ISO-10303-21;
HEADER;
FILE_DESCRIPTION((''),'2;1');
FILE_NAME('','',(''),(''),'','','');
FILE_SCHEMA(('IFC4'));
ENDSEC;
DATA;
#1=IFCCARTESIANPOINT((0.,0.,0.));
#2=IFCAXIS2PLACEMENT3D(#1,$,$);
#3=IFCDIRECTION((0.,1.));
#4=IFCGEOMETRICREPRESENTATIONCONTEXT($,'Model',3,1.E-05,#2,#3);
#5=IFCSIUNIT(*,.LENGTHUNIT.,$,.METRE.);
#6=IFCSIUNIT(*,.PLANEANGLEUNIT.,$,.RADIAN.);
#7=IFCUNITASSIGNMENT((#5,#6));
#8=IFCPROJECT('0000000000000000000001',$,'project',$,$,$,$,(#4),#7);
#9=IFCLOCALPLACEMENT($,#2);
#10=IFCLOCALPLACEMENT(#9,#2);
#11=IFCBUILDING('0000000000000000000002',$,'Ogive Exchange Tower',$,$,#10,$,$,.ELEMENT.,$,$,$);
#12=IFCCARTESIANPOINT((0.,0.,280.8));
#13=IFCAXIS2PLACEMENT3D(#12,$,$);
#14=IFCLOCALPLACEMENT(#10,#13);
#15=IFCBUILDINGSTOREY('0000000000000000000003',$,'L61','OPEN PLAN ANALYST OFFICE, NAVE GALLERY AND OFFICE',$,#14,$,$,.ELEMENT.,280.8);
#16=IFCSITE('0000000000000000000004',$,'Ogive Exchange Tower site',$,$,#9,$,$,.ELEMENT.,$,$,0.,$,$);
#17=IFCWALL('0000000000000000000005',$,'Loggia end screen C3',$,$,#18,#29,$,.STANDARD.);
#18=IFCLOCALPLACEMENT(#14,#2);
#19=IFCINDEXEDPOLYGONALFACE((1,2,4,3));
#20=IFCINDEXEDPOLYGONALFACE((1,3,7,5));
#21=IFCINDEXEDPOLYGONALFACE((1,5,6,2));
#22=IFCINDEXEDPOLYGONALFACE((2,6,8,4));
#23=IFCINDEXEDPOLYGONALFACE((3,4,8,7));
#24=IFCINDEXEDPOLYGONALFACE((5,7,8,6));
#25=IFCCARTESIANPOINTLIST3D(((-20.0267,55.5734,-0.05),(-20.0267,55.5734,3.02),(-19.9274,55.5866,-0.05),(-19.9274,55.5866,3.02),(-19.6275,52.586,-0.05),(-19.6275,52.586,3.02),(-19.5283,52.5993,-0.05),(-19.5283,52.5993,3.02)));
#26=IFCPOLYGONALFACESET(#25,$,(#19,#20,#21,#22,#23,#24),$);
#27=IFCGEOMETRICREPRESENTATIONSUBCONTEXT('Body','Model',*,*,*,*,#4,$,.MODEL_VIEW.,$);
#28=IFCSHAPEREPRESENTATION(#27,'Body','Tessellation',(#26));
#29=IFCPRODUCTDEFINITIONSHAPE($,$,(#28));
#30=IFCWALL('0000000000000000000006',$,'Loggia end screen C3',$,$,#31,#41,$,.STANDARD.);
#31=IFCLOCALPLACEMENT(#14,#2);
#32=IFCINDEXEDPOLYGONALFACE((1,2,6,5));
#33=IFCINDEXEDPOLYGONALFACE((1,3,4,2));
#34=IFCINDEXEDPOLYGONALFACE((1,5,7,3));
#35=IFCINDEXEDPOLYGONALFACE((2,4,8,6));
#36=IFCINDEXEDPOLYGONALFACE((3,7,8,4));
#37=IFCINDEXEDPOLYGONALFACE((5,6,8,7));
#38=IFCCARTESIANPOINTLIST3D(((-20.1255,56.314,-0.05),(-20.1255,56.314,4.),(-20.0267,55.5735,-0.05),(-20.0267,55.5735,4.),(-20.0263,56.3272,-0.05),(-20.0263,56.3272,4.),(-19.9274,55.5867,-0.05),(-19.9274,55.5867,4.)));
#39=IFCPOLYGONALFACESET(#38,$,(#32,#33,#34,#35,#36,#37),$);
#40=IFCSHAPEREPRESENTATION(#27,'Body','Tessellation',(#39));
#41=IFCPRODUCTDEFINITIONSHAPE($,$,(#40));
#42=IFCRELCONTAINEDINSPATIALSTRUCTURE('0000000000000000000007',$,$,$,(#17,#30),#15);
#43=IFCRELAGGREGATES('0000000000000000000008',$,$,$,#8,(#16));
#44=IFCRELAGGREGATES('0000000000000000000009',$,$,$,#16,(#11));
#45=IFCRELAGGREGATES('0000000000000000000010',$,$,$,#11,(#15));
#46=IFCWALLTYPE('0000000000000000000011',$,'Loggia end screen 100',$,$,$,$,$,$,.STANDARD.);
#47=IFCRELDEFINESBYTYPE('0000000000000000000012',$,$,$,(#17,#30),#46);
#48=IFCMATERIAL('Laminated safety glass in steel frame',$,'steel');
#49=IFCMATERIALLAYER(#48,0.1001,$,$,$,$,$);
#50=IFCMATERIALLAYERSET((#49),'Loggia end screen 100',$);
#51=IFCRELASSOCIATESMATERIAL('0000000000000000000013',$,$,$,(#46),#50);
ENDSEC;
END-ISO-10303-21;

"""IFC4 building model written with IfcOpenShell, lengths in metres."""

from ifc_helpers import new_model, si_unit, direction, frame, frame_2d, origin, place, context, subcontext, project, spatial, rectangle, extrude, material, layer, layer_set, type_object, element, save


model = new_model("IFC4")

# Units and contexts
model_context = context("Model", 3, precision=1e-05, world=origin(), true_north=direction((0.0, 1.0)))
body_context = subcontext(model_context, "Body", "Model", "MODEL_VIEW")
ifc_project = project(units=[si_unit("LENGTHUNIT", "METRE"), si_unit("PLANEANGLEUNIT", "RADIAN")], contexts=[model_context])

# Site, building, storey
site_placement = place(None, origin())
site = spatial("IfcSite", under=ifc_project, at=site_placement, Name="Ogive Exchange Tower site", CompositionType="ELEMENT", RefElevation=0.0)
building_placement = place(site_placement, origin())
building = spatial("IfcBuilding", under=site, at=building_placement, Name="Ogive Exchange Tower", CompositionType="ELEMENT")
storey_placement = place(building_placement, frame((0.0, 0.0, 280.8)))
storey = spatial("IfcBuildingStorey", under=building, at=storey_placement, Name="L61", Description="OPEN PLAN ANALYST OFFICE, NAVE GALLERY AND OFFICE", CompositionType="ELEMENT", Elevation=280.8)

# Walls
ifc_material_1 = material(Name="Laminated safety glass in steel frame", Category="steel")
ifc_layer_1 = layer(ifc_material_1, 0.1001)
ifc_layer_set_1 = layer_set([ifc_layer_1], Name="Loggia end screen 100")
wall_type_1 = type_object("IfcWallType", Name="Loggia end screen 100", PredefinedType="STANDARD", material=ifc_layer_set_1)
wall_1_placement = place(storey_placement, frame((-19.5779, 52.5928, -0.05), z_axis=(0.0, 0.0, 1.0), x_axis=(-0.132445, 0.99119, 0.0)))
element("IfcWall", 1, at=wall_1_placement, inside=storey, type_object=wall_type_1, Name="Loggia end screen C3", PredefinedType="STANDARD", context=body_context, shape_type="SweptSolid", body=[
    extrude(rectangle(XDim=3.0139, YDim=0.1001, at=frame_2d((1.5068, 0.0))), origin(), (0.0, 0.0, 1.0), 3.0701),
])
wall_2_placement = place(storey_placement, frame((-19.9771, 55.5801, -0.05), z_axis=(0.0, 0.0, 1.0), x_axis=(-0.132356, 0.991202, 0.0)))
element("IfcWall", 2, at=wall_2_placement, inside=storey, type_object=wall_type_1, Name="Loggia end screen C3", PredefinedType="STANDARD", context=body_context, shape_type="SweptSolid", body=[
    extrude(rectangle(XDim=0.7471, YDim=0.1001, at=frame_2d((0.3735, 0.0))), origin(), (0.0, 0.0, 1.0), 4.05),
])

save(model, "model.ifc")
